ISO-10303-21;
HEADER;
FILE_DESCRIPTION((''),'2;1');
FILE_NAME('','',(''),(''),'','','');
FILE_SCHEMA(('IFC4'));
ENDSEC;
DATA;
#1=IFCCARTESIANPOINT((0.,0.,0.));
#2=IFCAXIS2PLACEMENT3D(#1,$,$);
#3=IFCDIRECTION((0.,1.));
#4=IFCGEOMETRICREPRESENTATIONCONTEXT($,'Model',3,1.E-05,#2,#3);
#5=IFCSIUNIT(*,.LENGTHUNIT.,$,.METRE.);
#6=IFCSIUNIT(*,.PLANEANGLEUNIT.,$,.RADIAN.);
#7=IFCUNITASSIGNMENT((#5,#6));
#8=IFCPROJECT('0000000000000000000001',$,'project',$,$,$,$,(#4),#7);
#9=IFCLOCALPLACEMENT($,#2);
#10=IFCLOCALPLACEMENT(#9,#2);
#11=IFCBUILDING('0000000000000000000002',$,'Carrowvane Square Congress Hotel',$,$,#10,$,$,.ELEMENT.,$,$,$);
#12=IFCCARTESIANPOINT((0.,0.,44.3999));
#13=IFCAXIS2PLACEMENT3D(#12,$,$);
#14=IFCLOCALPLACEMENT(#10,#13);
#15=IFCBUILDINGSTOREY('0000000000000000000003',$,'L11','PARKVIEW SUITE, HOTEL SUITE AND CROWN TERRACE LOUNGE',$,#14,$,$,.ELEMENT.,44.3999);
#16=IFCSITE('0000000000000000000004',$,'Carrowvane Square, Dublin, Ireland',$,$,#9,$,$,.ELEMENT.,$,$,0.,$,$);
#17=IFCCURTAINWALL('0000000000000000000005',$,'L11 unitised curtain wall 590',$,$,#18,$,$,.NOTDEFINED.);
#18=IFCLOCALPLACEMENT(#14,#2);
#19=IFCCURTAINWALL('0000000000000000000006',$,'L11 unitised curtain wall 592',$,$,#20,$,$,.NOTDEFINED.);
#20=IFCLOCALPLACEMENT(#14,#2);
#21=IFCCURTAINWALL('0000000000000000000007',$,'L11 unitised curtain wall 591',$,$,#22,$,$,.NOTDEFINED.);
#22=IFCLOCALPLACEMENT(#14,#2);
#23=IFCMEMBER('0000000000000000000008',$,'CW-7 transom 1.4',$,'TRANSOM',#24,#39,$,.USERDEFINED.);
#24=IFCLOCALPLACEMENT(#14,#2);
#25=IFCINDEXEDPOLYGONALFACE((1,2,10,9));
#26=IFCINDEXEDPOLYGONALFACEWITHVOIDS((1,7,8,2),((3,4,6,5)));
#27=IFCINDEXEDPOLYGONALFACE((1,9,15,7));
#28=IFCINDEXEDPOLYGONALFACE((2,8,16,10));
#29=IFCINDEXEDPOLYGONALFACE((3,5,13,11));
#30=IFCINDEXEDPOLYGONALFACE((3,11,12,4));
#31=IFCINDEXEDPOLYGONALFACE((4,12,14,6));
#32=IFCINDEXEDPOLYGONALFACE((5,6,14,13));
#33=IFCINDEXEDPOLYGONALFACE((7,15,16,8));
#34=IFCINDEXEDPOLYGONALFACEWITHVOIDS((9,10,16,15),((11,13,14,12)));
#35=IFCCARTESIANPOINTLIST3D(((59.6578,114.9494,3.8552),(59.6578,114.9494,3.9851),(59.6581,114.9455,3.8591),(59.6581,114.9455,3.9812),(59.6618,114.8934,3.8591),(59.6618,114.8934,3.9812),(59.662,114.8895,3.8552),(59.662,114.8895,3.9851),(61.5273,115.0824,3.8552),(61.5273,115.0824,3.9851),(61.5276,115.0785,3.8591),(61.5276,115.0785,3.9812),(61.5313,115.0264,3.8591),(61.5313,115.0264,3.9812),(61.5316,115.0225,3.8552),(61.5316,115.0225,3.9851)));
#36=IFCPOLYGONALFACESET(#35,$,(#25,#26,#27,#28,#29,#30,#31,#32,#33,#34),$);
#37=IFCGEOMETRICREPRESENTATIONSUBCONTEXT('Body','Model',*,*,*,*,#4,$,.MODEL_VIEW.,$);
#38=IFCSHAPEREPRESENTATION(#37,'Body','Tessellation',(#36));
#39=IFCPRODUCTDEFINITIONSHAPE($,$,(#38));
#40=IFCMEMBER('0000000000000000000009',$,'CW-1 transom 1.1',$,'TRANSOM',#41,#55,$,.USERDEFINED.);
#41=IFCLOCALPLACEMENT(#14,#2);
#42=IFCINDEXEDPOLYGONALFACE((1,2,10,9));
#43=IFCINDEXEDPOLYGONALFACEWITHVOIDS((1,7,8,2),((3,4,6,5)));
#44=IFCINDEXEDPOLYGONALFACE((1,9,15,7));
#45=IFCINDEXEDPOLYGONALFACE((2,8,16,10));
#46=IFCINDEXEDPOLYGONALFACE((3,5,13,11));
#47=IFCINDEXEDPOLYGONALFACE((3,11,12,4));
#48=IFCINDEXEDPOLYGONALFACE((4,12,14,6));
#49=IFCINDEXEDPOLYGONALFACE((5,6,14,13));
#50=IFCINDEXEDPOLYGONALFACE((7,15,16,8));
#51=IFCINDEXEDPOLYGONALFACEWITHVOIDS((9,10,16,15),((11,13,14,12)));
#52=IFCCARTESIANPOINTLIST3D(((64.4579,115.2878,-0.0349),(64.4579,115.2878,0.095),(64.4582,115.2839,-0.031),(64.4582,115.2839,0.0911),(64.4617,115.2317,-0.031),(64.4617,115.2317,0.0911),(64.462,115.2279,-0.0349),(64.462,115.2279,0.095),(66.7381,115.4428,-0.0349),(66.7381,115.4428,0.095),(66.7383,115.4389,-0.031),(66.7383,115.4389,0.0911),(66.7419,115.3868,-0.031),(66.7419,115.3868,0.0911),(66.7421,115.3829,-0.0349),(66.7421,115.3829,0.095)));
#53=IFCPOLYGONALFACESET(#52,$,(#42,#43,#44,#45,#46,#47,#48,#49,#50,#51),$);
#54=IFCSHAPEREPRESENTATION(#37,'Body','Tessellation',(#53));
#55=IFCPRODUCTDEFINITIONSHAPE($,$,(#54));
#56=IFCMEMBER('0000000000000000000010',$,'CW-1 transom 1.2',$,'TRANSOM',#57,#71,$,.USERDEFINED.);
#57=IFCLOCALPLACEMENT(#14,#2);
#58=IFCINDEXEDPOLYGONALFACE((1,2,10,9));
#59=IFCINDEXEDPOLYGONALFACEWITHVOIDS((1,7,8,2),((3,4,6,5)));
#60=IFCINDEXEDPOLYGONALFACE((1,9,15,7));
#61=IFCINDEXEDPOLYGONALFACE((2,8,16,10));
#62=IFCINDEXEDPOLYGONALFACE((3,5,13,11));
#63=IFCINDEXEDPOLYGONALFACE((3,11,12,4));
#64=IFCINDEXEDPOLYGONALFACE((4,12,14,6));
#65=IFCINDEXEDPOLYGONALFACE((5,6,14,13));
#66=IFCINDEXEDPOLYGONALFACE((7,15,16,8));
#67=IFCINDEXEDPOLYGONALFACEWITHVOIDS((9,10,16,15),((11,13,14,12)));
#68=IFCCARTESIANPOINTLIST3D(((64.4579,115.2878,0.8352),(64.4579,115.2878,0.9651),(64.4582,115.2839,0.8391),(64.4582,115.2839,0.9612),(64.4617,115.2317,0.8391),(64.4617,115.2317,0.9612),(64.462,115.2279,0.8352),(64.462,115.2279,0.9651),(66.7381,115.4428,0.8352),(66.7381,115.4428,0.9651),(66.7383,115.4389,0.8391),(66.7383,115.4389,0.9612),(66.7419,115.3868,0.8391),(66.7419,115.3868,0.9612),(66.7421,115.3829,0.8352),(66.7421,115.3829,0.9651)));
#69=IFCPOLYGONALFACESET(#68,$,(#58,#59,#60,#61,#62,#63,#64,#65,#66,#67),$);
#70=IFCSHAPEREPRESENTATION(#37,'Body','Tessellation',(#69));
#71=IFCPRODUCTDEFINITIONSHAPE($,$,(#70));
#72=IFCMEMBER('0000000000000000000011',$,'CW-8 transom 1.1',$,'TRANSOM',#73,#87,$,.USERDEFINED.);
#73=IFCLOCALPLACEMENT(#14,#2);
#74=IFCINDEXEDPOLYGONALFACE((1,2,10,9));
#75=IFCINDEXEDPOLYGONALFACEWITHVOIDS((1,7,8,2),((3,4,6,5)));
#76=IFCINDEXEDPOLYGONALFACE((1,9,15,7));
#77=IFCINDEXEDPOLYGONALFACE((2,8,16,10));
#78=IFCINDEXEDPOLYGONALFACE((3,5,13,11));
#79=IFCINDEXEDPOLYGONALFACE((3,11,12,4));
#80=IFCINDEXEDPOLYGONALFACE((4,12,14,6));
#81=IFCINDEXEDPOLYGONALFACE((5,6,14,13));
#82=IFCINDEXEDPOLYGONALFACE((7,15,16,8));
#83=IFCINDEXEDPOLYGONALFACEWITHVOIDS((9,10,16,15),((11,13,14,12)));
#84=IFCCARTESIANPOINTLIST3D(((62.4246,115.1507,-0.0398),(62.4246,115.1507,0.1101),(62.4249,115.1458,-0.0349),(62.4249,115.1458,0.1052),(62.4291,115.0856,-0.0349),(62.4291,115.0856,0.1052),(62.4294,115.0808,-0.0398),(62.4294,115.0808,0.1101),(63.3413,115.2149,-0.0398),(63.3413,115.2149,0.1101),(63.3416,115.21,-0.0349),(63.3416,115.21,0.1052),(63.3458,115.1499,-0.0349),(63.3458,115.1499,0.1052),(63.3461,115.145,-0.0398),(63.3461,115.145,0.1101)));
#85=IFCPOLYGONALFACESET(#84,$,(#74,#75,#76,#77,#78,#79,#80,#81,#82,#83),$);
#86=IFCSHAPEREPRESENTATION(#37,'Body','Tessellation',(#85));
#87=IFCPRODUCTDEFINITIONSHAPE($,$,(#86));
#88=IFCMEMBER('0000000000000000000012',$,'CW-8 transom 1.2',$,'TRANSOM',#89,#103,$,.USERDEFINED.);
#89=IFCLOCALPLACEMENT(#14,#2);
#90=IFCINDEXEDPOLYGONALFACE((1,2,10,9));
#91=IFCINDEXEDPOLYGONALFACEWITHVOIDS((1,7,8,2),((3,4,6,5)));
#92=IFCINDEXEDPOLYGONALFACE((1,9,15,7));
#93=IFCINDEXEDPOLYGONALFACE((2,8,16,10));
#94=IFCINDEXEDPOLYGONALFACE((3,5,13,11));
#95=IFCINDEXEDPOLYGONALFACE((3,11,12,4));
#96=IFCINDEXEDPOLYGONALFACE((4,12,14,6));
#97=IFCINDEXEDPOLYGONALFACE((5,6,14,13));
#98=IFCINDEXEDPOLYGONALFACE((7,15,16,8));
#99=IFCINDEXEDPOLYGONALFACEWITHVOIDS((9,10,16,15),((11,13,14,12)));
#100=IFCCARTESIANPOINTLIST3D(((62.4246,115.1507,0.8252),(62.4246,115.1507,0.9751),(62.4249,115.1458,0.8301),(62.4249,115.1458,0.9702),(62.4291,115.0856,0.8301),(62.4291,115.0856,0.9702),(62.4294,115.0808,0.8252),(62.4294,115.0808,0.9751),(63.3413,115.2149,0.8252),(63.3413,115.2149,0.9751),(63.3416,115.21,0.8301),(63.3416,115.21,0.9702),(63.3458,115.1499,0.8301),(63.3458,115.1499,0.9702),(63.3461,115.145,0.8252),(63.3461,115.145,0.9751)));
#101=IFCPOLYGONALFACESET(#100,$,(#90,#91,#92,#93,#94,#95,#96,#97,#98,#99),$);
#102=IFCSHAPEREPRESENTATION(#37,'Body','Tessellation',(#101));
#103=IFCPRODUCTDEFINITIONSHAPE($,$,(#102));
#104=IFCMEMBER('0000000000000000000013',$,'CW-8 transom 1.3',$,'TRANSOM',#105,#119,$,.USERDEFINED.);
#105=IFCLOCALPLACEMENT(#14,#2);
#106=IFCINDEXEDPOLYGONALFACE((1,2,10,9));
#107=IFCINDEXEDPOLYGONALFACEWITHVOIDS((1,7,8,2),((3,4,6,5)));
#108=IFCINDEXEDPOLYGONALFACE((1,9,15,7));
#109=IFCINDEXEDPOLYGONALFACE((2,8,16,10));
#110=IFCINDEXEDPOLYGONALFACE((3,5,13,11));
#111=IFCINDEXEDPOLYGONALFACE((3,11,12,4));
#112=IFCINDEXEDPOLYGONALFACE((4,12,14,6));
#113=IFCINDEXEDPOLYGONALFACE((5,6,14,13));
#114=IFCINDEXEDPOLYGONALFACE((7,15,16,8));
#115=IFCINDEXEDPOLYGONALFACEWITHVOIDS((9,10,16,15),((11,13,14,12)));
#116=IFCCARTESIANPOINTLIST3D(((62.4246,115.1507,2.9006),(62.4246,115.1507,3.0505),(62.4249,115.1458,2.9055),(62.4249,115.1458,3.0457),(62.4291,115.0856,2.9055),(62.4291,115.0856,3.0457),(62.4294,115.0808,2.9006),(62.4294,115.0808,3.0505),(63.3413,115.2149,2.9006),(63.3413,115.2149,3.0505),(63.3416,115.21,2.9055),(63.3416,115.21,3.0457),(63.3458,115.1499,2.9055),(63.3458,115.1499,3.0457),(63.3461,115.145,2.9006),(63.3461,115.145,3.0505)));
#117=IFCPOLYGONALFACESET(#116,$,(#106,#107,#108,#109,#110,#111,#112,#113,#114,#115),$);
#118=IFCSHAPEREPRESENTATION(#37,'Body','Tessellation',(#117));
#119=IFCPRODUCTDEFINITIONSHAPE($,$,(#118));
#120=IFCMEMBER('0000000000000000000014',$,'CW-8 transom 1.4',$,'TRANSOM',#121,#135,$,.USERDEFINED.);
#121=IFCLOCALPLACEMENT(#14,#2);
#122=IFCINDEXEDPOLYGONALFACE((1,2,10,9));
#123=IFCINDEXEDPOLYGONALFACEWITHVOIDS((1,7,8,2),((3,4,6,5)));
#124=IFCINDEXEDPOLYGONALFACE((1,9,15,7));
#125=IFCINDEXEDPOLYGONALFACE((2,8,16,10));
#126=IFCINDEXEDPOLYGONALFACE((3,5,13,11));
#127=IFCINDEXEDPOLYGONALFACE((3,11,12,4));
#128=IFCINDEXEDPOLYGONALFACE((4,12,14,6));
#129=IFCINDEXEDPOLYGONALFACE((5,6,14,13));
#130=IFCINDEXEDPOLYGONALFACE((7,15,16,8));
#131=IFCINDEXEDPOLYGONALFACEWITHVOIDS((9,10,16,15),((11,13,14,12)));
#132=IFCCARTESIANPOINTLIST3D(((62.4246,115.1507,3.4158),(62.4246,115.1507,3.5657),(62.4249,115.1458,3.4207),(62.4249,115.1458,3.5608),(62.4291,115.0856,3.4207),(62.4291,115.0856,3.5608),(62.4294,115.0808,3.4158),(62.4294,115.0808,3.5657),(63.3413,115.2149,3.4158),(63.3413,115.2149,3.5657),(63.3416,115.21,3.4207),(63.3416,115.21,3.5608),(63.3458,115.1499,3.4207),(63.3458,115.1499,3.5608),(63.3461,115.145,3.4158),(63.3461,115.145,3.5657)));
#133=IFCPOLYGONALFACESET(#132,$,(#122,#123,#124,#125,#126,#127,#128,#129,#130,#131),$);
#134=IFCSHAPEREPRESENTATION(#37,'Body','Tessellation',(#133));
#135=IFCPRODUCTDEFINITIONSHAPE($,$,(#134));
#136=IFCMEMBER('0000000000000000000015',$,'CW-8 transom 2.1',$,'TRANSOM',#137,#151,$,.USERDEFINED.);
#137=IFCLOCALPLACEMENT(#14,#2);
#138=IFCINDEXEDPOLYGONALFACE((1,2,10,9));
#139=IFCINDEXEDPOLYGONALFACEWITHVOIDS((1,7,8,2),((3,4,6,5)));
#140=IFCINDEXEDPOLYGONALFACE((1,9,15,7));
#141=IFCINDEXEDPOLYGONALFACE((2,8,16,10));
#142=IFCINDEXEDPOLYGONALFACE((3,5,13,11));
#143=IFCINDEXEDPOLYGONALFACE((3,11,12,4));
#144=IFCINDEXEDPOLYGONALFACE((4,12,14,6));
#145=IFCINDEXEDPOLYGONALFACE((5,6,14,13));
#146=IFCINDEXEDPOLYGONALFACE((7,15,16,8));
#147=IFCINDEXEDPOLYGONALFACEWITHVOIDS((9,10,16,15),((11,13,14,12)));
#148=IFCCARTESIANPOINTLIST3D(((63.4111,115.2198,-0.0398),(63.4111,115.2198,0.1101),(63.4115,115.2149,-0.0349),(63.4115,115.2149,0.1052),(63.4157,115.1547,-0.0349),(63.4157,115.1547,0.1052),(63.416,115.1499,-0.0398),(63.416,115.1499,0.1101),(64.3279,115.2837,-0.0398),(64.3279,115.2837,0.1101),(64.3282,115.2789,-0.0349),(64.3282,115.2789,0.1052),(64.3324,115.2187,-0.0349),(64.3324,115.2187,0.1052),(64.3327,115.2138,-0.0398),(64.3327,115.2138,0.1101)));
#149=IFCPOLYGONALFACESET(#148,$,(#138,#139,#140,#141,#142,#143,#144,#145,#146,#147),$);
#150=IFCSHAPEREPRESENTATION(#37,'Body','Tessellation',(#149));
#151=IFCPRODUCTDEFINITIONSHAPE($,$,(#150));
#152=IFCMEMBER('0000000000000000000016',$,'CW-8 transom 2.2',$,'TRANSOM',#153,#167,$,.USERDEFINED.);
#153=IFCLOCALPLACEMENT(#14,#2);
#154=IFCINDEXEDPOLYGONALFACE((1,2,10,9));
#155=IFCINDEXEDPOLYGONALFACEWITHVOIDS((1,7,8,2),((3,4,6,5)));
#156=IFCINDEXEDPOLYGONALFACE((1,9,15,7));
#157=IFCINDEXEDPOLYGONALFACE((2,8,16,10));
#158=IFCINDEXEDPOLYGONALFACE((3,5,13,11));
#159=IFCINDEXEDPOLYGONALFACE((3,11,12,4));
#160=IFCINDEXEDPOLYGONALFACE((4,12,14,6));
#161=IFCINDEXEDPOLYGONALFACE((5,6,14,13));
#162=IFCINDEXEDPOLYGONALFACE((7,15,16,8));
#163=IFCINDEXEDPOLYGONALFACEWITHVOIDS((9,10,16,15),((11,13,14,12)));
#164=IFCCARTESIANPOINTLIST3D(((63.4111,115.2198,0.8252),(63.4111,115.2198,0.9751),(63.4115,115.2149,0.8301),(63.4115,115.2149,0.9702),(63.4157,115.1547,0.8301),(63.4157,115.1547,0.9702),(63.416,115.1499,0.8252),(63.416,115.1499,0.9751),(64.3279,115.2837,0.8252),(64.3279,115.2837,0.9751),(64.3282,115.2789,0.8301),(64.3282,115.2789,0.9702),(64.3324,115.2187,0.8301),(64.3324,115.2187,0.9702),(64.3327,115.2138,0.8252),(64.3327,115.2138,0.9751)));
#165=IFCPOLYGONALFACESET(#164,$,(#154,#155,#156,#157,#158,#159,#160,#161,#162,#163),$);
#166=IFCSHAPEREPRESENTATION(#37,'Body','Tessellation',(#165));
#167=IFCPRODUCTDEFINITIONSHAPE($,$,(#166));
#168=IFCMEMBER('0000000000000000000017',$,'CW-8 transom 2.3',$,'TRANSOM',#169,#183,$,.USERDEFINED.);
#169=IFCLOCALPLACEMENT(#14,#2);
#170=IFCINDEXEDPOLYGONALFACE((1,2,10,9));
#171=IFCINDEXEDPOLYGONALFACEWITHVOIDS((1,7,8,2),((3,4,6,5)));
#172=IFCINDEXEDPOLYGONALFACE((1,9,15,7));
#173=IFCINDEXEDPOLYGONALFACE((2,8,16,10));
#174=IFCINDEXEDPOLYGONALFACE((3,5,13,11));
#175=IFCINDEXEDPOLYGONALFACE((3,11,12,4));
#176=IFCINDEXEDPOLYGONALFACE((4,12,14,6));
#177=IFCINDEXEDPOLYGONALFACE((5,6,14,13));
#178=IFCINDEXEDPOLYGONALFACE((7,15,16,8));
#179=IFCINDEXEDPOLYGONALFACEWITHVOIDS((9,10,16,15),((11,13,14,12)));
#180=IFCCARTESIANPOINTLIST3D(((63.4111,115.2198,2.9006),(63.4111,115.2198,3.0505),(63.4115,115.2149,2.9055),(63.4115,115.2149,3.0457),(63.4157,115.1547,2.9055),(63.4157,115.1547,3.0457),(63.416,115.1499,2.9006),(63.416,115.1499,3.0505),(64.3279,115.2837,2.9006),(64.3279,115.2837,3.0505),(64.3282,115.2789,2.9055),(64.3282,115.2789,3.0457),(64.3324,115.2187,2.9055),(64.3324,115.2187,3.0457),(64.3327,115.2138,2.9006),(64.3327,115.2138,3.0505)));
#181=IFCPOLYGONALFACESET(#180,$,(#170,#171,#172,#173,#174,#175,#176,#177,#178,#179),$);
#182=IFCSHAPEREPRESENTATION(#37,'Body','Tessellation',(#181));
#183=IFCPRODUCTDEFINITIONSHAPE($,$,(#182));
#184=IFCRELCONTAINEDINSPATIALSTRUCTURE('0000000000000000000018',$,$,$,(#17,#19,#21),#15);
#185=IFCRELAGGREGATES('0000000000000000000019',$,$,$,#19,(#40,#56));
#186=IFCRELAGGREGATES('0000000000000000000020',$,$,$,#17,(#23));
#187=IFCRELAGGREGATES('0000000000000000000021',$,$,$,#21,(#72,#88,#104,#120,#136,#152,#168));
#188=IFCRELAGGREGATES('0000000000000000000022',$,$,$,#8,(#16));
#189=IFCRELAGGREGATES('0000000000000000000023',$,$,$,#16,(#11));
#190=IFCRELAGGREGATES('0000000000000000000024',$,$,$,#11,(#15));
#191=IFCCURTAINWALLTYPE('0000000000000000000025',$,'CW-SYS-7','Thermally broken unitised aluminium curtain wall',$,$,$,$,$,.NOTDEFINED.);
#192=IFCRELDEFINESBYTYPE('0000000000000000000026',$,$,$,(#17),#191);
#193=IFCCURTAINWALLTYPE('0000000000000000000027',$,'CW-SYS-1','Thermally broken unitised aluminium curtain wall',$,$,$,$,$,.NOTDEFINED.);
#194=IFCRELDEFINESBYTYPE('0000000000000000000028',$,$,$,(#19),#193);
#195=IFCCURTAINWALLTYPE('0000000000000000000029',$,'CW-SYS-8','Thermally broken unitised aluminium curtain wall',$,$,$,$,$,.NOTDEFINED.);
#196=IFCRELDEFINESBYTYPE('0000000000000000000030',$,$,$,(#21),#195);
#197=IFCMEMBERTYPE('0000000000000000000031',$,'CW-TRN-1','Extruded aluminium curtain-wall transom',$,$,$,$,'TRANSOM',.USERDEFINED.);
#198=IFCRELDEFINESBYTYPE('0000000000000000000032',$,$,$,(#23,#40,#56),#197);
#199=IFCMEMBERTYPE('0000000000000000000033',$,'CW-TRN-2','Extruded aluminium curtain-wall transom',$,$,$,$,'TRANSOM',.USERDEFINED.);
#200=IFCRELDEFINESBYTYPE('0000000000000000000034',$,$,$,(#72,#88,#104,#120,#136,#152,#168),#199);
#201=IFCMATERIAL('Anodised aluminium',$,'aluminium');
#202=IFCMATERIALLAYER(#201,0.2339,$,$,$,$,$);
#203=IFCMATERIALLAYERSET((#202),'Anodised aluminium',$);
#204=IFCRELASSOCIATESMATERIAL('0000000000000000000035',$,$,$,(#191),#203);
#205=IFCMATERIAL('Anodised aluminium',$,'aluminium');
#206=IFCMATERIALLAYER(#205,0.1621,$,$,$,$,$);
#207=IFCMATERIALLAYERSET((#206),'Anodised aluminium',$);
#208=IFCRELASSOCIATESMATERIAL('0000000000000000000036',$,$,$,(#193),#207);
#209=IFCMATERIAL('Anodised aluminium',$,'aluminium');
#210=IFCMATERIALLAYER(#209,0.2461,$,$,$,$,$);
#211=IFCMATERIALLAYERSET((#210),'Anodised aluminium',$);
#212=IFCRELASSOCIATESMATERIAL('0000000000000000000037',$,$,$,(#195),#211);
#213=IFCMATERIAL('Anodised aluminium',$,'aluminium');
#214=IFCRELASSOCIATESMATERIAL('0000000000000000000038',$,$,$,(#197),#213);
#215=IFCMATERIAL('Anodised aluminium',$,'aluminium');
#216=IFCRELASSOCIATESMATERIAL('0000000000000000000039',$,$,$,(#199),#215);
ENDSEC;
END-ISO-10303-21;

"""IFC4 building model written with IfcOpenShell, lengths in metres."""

from ifc_helpers import new_model, si_unit, direction, frame, origin, origin_2d, place, context, subcontext, project, spatial, hollow_rectangle, extrude, material, layer, layer_set, material_profile, profile_set, type_object, element, aggregate, save


model = new_model("IFC4")

# Units and contexts
model_context = context("Model", 3, precision=1e-05, world=origin(), true_north=direction((0.0, 1.0)))
body_context = subcontext(model_context, "Body", "Model", "MODEL_VIEW")
ifc_project = project(units=[si_unit("LENGTHUNIT", "METRE"), si_unit("PLANEANGLEUNIT", "RADIAN")], contexts=[model_context])

# Site, building, storey
site_placement = place(None, origin())
site = spatial("IfcSite", under=ifc_project, at=site_placement, Name="Carrowvane Square, Dublin, Ireland", CompositionType="ELEMENT", RefElevation=0.0)
building_placement = place(site_placement, origin())
building = spatial("IfcBuilding", under=site, at=building_placement, Name="Carrowvane Square Congress Hotel", CompositionType="ELEMENT")
storey_placement = place(building_placement, frame((0.0, 0.0, 44.3999)))
storey = spatial("IfcBuildingStorey", under=building, at=storey_placement, Name="L11", Description="PARKVIEW SUITE, HOTEL SUITE AND CROWN TERRACE LOUNGE", CompositionType="ELEMENT", Elevation=44.3999)

# Curtain wall
ifc_material_1 = material(Name="Anodised aluminium", Category="aluminium")
ifc_layer_1 = layer(ifc_material_1, 0.2339)
ifc_layer_set_1 = layer_set([ifc_layer_1], Name="Anodised aluminium")
curtain_wall_type_1 = type_object("IfcCurtainWallType", Name="CW-SYS-7", Description="Thermally broken unitised aluminium curtain wall", PredefinedType="NOTDEFINED", material=ifc_layer_set_1)
curtain_wall_1_placement = place(storey_placement, origin())
curtain_wall_1 = element("IfcCurtainWall", 1, at=curtain_wall_1_placement, inside=storey, type_object=curtain_wall_type_1, Name="L11 unitised curtain wall 590", PredefinedType="NOTDEFINED")

# Curtain wall
ifc_material_2 = material(Name="Anodised aluminium", Category="aluminium")
ifc_layer_2 = layer(ifc_material_2, 0.1621)
ifc_layer_set_2 = layer_set([ifc_layer_2], Name="Anodised aluminium")
curtain_wall_type_2 = type_object("IfcCurtainWallType", Name="CW-SYS-1", Description="Thermally broken unitised aluminium curtain wall", PredefinedType="NOTDEFINED", material=ifc_layer_set_2)
curtain_wall_2_placement = place(storey_placement, origin())
curtain_wall_2 = element("IfcCurtainWall", 2, at=curtain_wall_2_placement, inside=storey, type_object=curtain_wall_type_2, Name="L11 unitised curtain wall 592", PredefinedType="NOTDEFINED")

# Curtain wall
ifc_material_3 = material(Name="Anodised aluminium", Category="aluminium")
ifc_layer_3 = layer(ifc_material_3, 0.2461)
ifc_layer_set_3 = layer_set([ifc_layer_3], Name="Anodised aluminium")
curtain_wall_type_3 = type_object("IfcCurtainWallType", Name="CW-SYS-8", Description="Thermally broken unitised aluminium curtain wall", PredefinedType="NOTDEFINED", material=ifc_layer_set_3)
curtain_wall_3_placement = place(storey_placement, origin())
curtain_wall_3 = element("IfcCurtainWall", 3, at=curtain_wall_3_placement, inside=storey, type_object=curtain_wall_type_3, Name="L11 unitised curtain wall 591", PredefinedType="NOTDEFINED")

# Members
ifc_material_4 = material(Name="Anodised aluminium", Category="aluminium")
ifc_material_profile_1 = material_profile(ifc_material_4, hollow_rectangle(XDim=0.0601, YDim=0.1299, WallThickness=0.0039, at=origin_2d()), Name="CW-TR 60x130x4")
ifc_profile_set_1 = profile_set([ifc_material_profile_1], Name="Anodised aluminium")
member_type_1 = type_object("IfcMemberType", Name="CW-TRN-1", Description="Extruded aluminium curtain-wall transom", ElementType="TRANSOM", PredefinedType="USERDEFINED", material=ifc_profile_set_1)
member_1_placement = place(storey_placement, frame((59.6599, 114.9194, 3.9202), z_axis=(0.997477, 0.070988, 0.0), x_axis=(-0.070988, 0.997477, 0.0)))
member_1 = element("IfcMember", 4, at=member_1_placement, type_object=member_type_1, Name="CW-7 transom 1.4", ObjectType="TRANSOM", PredefinedType="USERDEFINED", context=body_context, shape_type="SweptSolid", body=[
    extrude(hollow_rectangle(XDim=0.0601, YDim=0.1299, WallThickness=0.0039, at=origin_2d()), origin(), (0.0, 0.0, 1.0), 1.8743),
])
member_2_placement = place(storey_placement, frame((64.46, 115.2578, 0.03), z_axis=(0.997696, 0.067838, 0.0), x_axis=(-0.067838, 0.997696, 0.0)))
member_2 = element("IfcMember", 5, at=member_2_placement, type_object=member_type_1, Name="CW-1 transom 1.1", ObjectType="TRANSOM", PredefinedType="USERDEFINED", context=body_context, shape_type="SweptSolid", body=[
    extrude(hollow_rectangle(XDim=0.0601, YDim=0.1299, WallThickness=0.0039, at=origin_2d()), origin(), (0.0, 0.0, 1.0), 2.2854),
])
member_3_placement = place(storey_placement, frame((64.46, 115.2578, 0.9001), z_axis=(0.997696, 0.067838, 0.0), x_axis=(-0.067838, 0.997696, 0.0)))
member_3 = element("IfcMember", 6, at=member_3_placement, type_object=member_type_1, Name="CW-1 transom 1.2", ObjectType="TRANSOM", PredefinedType="USERDEFINED", context=body_context, shape_type="SweptSolid", body=[
    extrude(hollow_rectangle(XDim=0.0601, YDim=0.1299, WallThickness=0.0039, at=origin_2d()), origin(), (0.0, 0.0, 1.0), 2.2854),
])
aggregate(curtain_wall_2, [member_2, member_3])
ifc_material_5 = material(Name="Anodised aluminium", Category="aluminium")
ifc_material_profile_2 = material_profile(ifc_material_5, hollow_rectangle(XDim=0.0701, YDim=0.1499, WallThickness=0.0049, at=origin_2d()), Name="CW-TR 70x150x5")
ifc_profile_set_2 = profile_set([ifc_material_profile_2], Name="Anodised aluminium")
member_type_2 = type_object("IfcMemberType", Name="CW-TRN-2", Description="Extruded aluminium curtain-wall transom", ElementType="TRANSOM", PredefinedType="USERDEFINED", material=ifc_profile_set_2)
member_4_placement = place(storey_placement, frame((62.427, 115.1157, 0.0352), z_axis=(0.997556, 0.069869, 0.0), x_axis=(-0.069869, 0.997556, 0.0)))
member_4 = element("IfcMember", 7, at=member_4_placement, type_object=member_type_2, Name="CW-8 transom 1.1", ObjectType="TRANSOM", PredefinedType="USERDEFINED", context=body_context, shape_type="SweptSolid", body=[
    extrude(hollow_rectangle(XDim=0.0701, YDim=0.1499, WallThickness=0.0049, at=origin_2d()), origin(), (0.0, 0.0, 1.0), 0.9189),
])
member_5_placement = place(storey_placement, frame((62.427, 115.1157, 0.9001), z_axis=(0.997556, 0.069869, 0.0), x_axis=(-0.069869, 0.997556, 0.0)))
member_5 = element("IfcMember", 8, at=member_5_placement, type_object=member_type_2, Name="CW-8 transom 1.2", ObjectType="TRANSOM", PredefinedType="USERDEFINED", context=body_context, shape_type="SweptSolid", body=[
    extrude(hollow_rectangle(XDim=0.0701, YDim=0.1499, WallThickness=0.0049, at=origin_2d()), origin(), (0.0, 0.0, 1.0), 0.9189),
])
member_6_placement = place(storey_placement, frame((62.427, 115.1157, 2.9756), z_axis=(0.997556, 0.069869, 0.0), x_axis=(-0.069869, 0.997556, 0.0)))
member_6 = element("IfcMember", 9, at=member_6_placement, type_object=member_type_2, Name="CW-8 transom 1.3", ObjectType="TRANSOM", PredefinedType="USERDEFINED", context=body_context, shape_type="SweptSolid", body=[
    extrude(hollow_rectangle(XDim=0.0701, YDim=0.1499, WallThickness=0.0049, at=origin_2d()), origin(), (0.0, 0.0, 1.0), 0.9189),
])
member_7_placement = place(storey_placement, frame((62.427, 115.1157, 3.4907), z_axis=(0.997556, 0.069869, 0.0), x_axis=(-0.069869, 0.997556, 0.0)))
member_7 = element("IfcMember", 10, at=member_7_placement, type_object=member_type_2, Name="CW-8 transom 1.4", ObjectType="TRANSOM", PredefinedType="USERDEFINED", context=body_context, shape_type="SweptSolid", body=[
    extrude(hollow_rectangle(XDim=0.0701, YDim=0.1499, WallThickness=0.0049, at=origin_2d()), origin(), (0.0, 0.0, 1.0), 0.9189),
])
member_8_placement = place(storey_placement, frame((63.4136, 115.1848, 0.0352), z_axis=(0.997575, 0.069604, 0.0), x_axis=(-0.069604, 0.997575, 0.0)))
member_8 = element("IfcMember", 11, at=member_8_placement, type_object=member_type_2, Name="CW-8 transom 2.1", ObjectType="TRANSOM", PredefinedType="USERDEFINED", context=body_context, shape_type="SweptSolid", body=[
    extrude(hollow_rectangle(XDim=0.0701, YDim=0.1499, WallThickness=0.0049, at=origin_2d()), origin(), (0.0, 0.0, 1.0), 0.9189),
])
member_9_placement = place(storey_placement, frame((63.4136, 115.1848, 0.9001), z_axis=(0.997575, 0.069604, 0.0), x_axis=(-0.069604, 0.997575, 0.0)))
member_9 = element("IfcMember", 12, at=member_9_placement, type_object=member_type_2, Name="CW-8 transom 2.2", ObjectType="TRANSOM", PredefinedType="USERDEFINED", context=body_context, shape_type="SweptSolid", body=[
    extrude(hollow_rectangle(XDim=0.0701, YDim=0.1499, WallThickness=0.0049, at=origin_2d()), origin(), (0.0, 0.0, 1.0), 0.9189),
])
member_10_placement = place(storey_placement, frame((63.4136, 115.1848, 2.9756), z_axis=(0.997575, 0.069604, 0.0), x_axis=(-0.069604, 0.997575, 0.0)))
member_10 = element("IfcMember", 13, at=member_10_placement, type_object=member_type_2, Name="CW-8 transom 2.3", ObjectType="TRANSOM", PredefinedType="USERDEFINED", context=body_context, shape_type="SweptSolid", body=[
    extrude(hollow_rectangle(XDim=0.0701, YDim=0.1499, WallThickness=0.0049, at=origin_2d()), origin(), (0.0, 0.0, 1.0), 0.9189),
])

aggregate(curtain_wall_1, [member_1])
aggregate(curtain_wall_3, [member_4, member_5, member_6, member_7, member_8, member_9, member_10])

save(model, "model.ifc")
